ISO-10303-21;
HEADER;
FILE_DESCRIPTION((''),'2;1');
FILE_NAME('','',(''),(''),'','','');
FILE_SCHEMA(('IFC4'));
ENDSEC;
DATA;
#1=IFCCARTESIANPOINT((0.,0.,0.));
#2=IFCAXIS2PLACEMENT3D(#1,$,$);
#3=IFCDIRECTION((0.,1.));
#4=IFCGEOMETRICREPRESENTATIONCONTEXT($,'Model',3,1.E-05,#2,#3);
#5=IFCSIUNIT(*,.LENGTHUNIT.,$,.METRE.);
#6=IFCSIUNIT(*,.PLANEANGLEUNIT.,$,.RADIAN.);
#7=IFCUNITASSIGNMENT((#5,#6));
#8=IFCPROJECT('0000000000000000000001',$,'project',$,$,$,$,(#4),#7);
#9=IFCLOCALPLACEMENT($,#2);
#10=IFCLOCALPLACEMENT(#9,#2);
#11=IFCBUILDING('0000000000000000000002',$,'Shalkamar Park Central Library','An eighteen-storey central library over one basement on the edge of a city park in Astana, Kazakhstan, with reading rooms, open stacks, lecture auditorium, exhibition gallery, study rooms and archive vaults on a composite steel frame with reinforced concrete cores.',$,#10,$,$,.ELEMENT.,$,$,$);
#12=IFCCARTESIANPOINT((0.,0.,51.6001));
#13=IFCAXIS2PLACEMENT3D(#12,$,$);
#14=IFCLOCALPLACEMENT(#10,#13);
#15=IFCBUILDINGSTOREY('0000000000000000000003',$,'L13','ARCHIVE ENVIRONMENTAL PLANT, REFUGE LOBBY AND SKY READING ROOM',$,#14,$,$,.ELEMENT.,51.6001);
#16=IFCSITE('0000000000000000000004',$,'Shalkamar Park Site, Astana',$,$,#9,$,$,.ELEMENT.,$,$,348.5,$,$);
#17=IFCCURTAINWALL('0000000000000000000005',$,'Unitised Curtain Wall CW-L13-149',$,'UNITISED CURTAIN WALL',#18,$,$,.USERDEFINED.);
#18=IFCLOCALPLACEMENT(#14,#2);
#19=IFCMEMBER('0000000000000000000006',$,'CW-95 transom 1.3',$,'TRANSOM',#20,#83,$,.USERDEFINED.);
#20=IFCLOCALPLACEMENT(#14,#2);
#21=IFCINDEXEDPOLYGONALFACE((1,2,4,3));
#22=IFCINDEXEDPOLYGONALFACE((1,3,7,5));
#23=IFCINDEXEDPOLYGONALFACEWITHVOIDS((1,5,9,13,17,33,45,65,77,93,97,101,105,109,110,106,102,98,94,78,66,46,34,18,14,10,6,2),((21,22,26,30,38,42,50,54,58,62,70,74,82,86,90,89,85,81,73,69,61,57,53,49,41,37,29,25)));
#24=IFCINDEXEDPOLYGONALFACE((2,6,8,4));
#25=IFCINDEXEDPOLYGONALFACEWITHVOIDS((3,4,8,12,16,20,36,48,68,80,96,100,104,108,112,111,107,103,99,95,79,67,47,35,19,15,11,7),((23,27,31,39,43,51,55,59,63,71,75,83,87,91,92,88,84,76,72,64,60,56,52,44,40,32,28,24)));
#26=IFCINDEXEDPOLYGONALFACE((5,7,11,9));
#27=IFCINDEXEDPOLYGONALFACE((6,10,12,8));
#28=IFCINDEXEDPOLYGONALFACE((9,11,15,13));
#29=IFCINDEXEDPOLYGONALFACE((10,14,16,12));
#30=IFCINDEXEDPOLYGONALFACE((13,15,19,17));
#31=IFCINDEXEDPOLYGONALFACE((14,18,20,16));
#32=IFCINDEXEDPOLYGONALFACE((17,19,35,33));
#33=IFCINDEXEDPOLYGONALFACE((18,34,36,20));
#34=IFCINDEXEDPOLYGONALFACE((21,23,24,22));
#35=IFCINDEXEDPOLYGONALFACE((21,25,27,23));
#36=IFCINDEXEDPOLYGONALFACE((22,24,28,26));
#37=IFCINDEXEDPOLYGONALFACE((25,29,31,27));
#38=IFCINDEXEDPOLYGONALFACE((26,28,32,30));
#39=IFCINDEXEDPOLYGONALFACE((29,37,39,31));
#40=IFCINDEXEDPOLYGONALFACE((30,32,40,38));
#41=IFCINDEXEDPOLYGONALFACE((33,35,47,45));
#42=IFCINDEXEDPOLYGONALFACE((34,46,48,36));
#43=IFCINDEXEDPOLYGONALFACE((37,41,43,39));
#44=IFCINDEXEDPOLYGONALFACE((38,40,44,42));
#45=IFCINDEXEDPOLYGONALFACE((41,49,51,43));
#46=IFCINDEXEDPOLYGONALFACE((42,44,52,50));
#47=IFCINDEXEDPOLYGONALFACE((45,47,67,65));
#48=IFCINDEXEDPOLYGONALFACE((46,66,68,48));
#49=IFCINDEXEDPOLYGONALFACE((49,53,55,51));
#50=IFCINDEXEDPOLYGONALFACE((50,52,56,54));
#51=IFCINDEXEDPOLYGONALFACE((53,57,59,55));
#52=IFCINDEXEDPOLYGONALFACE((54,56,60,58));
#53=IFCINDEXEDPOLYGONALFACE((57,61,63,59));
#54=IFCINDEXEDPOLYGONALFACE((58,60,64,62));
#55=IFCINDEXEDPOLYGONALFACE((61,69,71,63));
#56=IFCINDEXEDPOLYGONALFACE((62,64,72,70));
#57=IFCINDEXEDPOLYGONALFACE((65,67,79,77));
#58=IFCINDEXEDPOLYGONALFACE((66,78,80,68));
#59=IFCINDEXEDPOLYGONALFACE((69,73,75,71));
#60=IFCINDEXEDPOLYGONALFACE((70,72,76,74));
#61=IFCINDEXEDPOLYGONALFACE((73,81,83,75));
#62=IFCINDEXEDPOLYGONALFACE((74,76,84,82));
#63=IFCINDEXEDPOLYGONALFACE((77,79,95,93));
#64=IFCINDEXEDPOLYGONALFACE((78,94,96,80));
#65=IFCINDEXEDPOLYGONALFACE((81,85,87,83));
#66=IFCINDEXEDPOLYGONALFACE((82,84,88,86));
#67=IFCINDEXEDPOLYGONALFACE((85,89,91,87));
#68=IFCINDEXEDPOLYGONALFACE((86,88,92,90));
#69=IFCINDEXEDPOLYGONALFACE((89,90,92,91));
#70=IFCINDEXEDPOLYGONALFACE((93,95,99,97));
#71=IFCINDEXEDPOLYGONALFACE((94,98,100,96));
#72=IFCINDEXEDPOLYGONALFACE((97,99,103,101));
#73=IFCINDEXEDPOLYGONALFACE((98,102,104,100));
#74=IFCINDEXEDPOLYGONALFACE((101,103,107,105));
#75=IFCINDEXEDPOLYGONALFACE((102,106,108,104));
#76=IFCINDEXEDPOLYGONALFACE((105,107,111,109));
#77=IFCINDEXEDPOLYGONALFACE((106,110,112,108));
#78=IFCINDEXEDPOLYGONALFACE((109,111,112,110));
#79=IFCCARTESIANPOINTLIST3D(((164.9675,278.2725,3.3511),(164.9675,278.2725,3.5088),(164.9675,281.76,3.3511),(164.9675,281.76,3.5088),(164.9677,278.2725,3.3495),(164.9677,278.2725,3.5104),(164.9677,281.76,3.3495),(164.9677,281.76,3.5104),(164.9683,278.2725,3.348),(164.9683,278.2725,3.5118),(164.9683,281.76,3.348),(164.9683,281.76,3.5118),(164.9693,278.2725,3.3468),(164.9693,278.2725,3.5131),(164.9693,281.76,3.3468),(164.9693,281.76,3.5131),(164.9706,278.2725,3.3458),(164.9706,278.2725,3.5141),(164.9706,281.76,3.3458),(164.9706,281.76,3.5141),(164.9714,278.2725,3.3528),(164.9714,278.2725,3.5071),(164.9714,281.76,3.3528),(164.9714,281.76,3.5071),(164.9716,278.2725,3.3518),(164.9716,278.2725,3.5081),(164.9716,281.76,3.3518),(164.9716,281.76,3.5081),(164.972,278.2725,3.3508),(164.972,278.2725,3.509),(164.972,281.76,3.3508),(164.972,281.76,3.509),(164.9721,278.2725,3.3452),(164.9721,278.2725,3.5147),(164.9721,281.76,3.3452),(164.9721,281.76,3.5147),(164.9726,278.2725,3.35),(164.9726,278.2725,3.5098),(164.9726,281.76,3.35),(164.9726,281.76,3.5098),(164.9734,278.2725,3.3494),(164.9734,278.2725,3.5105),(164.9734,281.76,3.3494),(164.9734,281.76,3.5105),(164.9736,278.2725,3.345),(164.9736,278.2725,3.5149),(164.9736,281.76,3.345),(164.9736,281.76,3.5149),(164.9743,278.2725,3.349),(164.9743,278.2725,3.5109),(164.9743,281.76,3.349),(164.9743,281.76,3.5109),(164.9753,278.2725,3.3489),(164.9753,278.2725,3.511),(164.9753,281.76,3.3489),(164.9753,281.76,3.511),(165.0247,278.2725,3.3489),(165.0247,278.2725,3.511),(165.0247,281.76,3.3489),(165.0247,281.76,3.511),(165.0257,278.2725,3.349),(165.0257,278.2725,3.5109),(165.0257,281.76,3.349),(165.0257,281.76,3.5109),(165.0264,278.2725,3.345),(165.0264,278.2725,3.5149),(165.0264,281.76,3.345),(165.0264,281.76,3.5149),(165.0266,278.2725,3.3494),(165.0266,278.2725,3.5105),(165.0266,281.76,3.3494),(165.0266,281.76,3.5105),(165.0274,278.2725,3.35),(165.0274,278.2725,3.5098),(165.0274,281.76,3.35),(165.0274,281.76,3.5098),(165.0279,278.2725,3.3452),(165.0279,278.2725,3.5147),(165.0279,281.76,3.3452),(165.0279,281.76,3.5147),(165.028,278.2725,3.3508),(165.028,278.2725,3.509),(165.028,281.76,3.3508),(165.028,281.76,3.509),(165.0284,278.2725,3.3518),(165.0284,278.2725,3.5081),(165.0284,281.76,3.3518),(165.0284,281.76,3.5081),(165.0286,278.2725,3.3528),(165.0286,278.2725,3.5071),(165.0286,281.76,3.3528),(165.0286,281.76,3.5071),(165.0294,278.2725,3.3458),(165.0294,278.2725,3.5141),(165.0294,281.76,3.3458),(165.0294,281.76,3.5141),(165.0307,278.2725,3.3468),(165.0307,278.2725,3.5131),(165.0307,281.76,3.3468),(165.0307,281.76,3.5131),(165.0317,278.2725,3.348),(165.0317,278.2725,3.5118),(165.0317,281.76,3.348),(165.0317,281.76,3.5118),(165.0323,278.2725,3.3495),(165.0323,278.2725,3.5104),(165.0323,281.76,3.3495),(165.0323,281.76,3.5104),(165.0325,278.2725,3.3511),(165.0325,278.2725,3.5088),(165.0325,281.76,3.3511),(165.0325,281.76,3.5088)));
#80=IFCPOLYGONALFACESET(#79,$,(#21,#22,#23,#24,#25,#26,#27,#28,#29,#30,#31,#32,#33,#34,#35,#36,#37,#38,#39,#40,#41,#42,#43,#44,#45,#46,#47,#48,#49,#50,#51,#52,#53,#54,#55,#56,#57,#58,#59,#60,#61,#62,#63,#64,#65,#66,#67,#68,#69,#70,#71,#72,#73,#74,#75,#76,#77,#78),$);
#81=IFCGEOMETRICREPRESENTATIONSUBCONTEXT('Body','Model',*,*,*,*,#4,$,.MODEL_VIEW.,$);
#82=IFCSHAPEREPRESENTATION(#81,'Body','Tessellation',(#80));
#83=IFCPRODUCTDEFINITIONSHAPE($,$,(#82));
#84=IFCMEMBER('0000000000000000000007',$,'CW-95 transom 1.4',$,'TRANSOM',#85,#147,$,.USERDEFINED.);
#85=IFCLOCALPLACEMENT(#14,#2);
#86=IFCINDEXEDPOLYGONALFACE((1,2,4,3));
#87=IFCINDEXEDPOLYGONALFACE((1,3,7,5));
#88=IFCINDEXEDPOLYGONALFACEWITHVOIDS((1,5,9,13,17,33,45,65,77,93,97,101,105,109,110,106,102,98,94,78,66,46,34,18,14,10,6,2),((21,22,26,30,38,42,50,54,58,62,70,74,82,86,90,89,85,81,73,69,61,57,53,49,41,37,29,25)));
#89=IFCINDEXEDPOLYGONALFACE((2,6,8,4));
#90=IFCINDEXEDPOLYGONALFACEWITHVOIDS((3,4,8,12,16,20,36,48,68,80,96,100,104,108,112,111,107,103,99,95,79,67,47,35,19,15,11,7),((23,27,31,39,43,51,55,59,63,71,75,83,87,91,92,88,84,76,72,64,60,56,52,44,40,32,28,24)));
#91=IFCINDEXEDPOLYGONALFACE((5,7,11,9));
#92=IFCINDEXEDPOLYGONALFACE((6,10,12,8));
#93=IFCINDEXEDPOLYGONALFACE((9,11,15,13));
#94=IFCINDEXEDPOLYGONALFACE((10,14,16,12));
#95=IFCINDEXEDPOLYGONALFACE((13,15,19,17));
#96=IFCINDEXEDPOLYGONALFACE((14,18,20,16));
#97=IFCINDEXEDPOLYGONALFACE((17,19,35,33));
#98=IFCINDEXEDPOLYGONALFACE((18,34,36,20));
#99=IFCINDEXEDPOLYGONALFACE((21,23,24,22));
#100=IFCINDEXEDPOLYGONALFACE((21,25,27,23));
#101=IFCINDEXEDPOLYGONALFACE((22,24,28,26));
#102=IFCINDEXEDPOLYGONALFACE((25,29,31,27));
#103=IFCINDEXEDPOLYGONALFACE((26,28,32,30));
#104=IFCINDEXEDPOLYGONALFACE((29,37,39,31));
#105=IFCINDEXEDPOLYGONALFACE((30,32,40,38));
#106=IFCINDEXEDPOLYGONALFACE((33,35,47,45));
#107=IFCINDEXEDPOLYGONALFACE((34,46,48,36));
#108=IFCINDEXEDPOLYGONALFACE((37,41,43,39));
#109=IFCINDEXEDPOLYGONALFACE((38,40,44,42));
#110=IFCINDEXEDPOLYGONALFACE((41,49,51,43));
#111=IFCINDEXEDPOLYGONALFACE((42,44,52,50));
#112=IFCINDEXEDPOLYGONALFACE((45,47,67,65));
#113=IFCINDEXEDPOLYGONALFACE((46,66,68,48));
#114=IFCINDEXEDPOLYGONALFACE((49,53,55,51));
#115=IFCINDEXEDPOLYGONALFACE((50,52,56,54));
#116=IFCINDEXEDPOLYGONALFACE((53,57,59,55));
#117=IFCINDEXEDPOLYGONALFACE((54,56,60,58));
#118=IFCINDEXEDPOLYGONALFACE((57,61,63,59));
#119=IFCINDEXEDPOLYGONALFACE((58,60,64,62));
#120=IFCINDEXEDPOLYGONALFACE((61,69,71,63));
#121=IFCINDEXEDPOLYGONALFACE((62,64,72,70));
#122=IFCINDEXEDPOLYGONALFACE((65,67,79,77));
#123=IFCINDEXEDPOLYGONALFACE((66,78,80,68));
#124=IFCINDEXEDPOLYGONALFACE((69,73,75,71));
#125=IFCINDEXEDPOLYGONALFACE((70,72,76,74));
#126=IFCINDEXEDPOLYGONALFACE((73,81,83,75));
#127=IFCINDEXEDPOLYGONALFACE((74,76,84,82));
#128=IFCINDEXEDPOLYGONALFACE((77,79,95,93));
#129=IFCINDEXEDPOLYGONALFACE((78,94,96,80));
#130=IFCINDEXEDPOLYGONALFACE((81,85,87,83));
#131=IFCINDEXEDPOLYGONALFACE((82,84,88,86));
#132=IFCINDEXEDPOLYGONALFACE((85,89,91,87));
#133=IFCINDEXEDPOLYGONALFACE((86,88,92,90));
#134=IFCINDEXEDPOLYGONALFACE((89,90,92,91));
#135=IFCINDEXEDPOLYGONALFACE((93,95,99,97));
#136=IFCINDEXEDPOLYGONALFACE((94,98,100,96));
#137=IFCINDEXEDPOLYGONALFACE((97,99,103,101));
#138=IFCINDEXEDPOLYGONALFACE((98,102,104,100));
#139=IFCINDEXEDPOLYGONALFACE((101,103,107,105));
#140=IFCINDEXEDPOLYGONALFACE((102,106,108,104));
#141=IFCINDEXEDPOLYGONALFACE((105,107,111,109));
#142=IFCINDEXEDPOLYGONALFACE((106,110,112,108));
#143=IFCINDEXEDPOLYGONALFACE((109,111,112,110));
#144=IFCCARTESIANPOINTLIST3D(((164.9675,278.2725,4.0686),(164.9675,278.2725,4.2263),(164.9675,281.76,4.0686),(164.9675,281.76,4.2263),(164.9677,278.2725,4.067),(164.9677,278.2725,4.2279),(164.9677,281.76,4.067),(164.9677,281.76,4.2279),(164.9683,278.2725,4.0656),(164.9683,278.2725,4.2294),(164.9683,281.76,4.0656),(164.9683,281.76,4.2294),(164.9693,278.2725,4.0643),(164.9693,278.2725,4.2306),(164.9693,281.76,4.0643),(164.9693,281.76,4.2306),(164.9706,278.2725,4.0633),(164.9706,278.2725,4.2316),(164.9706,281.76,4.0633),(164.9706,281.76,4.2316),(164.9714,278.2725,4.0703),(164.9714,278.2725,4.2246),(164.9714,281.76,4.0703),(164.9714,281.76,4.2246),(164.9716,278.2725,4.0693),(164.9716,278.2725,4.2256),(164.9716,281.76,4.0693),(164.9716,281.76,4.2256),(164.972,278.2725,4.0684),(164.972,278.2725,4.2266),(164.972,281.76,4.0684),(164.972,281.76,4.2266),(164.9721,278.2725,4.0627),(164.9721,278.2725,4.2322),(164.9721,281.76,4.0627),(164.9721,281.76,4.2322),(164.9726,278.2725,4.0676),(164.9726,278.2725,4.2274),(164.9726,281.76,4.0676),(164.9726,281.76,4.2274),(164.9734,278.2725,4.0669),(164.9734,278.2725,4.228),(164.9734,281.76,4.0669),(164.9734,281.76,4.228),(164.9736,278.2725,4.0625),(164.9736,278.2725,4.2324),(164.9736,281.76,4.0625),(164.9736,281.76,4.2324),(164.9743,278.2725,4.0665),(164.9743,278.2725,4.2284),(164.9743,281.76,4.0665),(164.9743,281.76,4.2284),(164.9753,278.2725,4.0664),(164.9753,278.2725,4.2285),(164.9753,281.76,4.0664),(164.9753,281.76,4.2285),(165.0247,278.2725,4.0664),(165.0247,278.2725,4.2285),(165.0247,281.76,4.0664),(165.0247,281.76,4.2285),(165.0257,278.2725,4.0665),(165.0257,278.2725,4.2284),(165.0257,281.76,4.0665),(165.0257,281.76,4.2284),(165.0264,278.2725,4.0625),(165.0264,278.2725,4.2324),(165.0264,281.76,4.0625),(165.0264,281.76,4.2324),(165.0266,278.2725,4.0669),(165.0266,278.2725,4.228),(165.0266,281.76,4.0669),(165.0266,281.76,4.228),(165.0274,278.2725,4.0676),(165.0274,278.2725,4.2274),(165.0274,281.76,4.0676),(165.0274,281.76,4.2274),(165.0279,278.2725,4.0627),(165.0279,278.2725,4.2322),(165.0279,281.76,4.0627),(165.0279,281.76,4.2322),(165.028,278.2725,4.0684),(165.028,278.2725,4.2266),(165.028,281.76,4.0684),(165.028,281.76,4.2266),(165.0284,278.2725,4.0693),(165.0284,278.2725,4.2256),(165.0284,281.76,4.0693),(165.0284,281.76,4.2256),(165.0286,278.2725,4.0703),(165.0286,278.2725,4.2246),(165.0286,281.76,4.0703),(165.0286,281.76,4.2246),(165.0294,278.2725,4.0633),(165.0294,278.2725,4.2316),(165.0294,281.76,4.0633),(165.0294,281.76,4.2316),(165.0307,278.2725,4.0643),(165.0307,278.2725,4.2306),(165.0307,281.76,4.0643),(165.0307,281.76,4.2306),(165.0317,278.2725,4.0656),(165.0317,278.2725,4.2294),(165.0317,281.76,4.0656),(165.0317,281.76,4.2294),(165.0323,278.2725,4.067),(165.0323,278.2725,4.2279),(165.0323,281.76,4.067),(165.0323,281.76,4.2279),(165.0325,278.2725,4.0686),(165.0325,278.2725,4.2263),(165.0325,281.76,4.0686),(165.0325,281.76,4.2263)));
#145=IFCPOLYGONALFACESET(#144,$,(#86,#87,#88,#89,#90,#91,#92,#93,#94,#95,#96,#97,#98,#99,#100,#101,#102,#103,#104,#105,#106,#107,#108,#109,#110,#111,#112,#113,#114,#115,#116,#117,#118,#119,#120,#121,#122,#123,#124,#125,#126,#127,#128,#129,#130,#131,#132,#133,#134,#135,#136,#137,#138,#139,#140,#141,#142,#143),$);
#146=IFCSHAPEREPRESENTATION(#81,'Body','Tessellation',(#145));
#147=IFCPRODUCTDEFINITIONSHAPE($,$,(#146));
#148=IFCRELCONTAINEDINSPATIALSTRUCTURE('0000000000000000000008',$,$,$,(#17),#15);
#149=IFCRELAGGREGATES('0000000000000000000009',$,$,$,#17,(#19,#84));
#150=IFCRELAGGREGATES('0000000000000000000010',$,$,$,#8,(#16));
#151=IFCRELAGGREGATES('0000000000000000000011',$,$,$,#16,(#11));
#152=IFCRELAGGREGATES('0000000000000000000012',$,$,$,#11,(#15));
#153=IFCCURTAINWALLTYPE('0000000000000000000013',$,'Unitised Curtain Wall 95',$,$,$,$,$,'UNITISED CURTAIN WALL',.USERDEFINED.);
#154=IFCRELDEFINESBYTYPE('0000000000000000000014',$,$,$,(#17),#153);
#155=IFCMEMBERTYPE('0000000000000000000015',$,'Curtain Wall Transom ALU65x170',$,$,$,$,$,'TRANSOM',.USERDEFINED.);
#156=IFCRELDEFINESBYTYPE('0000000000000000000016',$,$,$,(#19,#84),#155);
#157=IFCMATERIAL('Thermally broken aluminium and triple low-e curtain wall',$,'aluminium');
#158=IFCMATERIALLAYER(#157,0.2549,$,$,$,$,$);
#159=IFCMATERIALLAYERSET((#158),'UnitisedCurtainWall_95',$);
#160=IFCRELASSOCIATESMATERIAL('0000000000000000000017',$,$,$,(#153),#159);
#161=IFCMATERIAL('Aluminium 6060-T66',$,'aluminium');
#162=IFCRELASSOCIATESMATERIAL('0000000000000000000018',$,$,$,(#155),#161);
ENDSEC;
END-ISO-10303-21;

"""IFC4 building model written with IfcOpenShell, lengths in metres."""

from ifc_helpers import new_model, si_unit, direction, frame, origin, origin_2d, place, context, subcontext, project, spatial, hollow_rectangle, extrude, material, layer, layer_set, material_profile, profile_set, type_object, element, aggregate, save


model = new_model("IFC4")

# Units and contexts
model_context = context("Model", 3, precision=1e-05, world=origin(), true_north=direction((0.0, 1.0)))
body_context = subcontext(model_context, "Body", "Model", "MODEL_VIEW")
ifc_project = project(units=[si_unit("LENGTHUNIT", "METRE"), si_unit("PLANEANGLEUNIT", "RADIAN")], contexts=[model_context])

# Site, building, storey
site_placement = place(None, origin())
site = spatial("IfcSite", under=ifc_project, at=site_placement, Name="Shalkamar Park Site, Astana", CompositionType="ELEMENT", RefElevation=348.5)
building_placement = place(site_placement, origin())
building = spatial("IfcBuilding", under=site, at=building_placement, Name="Shalkamar Park Central Library", Description="An eighteen-storey central library over one basement on the edge of a city park in Astana, Kazakhstan, with reading rooms, open stacks, lecture auditorium, exhibition gallery, study rooms and archive vaults on a composite steel frame with reinforced concrete cores.", CompositionType="ELEMENT")
storey_placement = place(building_placement, frame((0.0, 0.0, 51.6001)))
storey = spatial("IfcBuildingStorey", under=building, at=storey_placement, Name="L13", Description="ARCHIVE ENVIRONMENTAL PLANT, REFUGE LOBBY AND SKY READING ROOM", CompositionType="ELEMENT", Elevation=51.6001)

# Curtain wall, members
ifc_material_1 = material(Name="Thermally broken aluminium and triple low-e curtain wall", Category="aluminium")
ifc_layer_1 = layer(ifc_material_1, 0.2549)
ifc_layer_set_1 = layer_set([ifc_layer_1], Name="UnitisedCurtainWall_95")
curtain_wall_type = type_object("IfcCurtainWallType", Name="Unitised Curtain Wall 95", ElementType="UNITISED CURTAIN WALL", PredefinedType="USERDEFINED", material=ifc_layer_set_1)
curtain_wall_placement = place(storey_placement, origin())
curtain_wall = element("IfcCurtainWall", 1, at=curtain_wall_placement, inside=storey, type_object=curtain_wall_type, Name="Unitised Curtain Wall CW-L13-149", ObjectType="UNITISED CURTAIN WALL", PredefinedType="USERDEFINED")
ifc_material_2 = material(Name="Aluminium 6060-T66", Category="aluminium")
ifc_material_profile_1 = material_profile(ifc_material_2, hollow_rectangle(XDim=0.0649, YDim=0.1699, WallThickness=0.0039, InnerFilletRadius=0.0039, OuterFilletRadius=0.0061, at=origin_2d()), Name="ALU 65x170x4")
ifc_profile_set_1 = profile_set([ifc_material_profile_1], Name="Aluminium 6060-T66")
member_type_1 = type_object("IfcMemberType", Name="Curtain Wall Transom ALU65x170", ElementType="TRANSOM", PredefinedType="USERDEFINED", material=ifc_profile_set_1)
member_1_placement = place(storey_placement, frame((165.0, 278.2725, 3.4299), z_axis=(0.0, 1.0, 0.0), x_axis=(-1.0, 0.0, 0.0)))
member_1 = element("IfcMember", 2, at=member_1_placement, type_object=member_type_1, Name="CW-95 transom 1.3", ObjectType="TRANSOM", PredefinedType="USERDEFINED", context=body_context, shape_type="SweptSolid", body=[
    extrude(hollow_rectangle(XDim=0.0649, YDim=0.1699, WallThickness=0.0039, InnerFilletRadius=0.0039, OuterFilletRadius=0.0061, at=origin_2d()), origin(), (0.0, 0.0, 1.0), 3.4875),
])
member_2_placement = place(storey_placement, frame((165.0, 278.2725, 4.1475), z_axis=(0.0, 1.0, 0.0), x_axis=(-1.0, 0.0, 0.0)))
member_2 = element("IfcMember", 3, at=member_2_placement, type_object=member_type_1, Name="CW-95 transom 1.4", ObjectType="TRANSOM", PredefinedType="USERDEFINED", context=body_context, shape_type="SweptSolid", body=[
    extrude(hollow_rectangle(XDim=0.0649, YDim=0.1699, WallThickness=0.0039, InnerFilletRadius=0.0039, OuterFilletRadius=0.0061, at=origin_2d()), origin(), (0.0, 0.0, 1.0), 3.4875),
])

aggregate(curtain_wall, [member_1, member_2])

save(model, "model.ifc")
